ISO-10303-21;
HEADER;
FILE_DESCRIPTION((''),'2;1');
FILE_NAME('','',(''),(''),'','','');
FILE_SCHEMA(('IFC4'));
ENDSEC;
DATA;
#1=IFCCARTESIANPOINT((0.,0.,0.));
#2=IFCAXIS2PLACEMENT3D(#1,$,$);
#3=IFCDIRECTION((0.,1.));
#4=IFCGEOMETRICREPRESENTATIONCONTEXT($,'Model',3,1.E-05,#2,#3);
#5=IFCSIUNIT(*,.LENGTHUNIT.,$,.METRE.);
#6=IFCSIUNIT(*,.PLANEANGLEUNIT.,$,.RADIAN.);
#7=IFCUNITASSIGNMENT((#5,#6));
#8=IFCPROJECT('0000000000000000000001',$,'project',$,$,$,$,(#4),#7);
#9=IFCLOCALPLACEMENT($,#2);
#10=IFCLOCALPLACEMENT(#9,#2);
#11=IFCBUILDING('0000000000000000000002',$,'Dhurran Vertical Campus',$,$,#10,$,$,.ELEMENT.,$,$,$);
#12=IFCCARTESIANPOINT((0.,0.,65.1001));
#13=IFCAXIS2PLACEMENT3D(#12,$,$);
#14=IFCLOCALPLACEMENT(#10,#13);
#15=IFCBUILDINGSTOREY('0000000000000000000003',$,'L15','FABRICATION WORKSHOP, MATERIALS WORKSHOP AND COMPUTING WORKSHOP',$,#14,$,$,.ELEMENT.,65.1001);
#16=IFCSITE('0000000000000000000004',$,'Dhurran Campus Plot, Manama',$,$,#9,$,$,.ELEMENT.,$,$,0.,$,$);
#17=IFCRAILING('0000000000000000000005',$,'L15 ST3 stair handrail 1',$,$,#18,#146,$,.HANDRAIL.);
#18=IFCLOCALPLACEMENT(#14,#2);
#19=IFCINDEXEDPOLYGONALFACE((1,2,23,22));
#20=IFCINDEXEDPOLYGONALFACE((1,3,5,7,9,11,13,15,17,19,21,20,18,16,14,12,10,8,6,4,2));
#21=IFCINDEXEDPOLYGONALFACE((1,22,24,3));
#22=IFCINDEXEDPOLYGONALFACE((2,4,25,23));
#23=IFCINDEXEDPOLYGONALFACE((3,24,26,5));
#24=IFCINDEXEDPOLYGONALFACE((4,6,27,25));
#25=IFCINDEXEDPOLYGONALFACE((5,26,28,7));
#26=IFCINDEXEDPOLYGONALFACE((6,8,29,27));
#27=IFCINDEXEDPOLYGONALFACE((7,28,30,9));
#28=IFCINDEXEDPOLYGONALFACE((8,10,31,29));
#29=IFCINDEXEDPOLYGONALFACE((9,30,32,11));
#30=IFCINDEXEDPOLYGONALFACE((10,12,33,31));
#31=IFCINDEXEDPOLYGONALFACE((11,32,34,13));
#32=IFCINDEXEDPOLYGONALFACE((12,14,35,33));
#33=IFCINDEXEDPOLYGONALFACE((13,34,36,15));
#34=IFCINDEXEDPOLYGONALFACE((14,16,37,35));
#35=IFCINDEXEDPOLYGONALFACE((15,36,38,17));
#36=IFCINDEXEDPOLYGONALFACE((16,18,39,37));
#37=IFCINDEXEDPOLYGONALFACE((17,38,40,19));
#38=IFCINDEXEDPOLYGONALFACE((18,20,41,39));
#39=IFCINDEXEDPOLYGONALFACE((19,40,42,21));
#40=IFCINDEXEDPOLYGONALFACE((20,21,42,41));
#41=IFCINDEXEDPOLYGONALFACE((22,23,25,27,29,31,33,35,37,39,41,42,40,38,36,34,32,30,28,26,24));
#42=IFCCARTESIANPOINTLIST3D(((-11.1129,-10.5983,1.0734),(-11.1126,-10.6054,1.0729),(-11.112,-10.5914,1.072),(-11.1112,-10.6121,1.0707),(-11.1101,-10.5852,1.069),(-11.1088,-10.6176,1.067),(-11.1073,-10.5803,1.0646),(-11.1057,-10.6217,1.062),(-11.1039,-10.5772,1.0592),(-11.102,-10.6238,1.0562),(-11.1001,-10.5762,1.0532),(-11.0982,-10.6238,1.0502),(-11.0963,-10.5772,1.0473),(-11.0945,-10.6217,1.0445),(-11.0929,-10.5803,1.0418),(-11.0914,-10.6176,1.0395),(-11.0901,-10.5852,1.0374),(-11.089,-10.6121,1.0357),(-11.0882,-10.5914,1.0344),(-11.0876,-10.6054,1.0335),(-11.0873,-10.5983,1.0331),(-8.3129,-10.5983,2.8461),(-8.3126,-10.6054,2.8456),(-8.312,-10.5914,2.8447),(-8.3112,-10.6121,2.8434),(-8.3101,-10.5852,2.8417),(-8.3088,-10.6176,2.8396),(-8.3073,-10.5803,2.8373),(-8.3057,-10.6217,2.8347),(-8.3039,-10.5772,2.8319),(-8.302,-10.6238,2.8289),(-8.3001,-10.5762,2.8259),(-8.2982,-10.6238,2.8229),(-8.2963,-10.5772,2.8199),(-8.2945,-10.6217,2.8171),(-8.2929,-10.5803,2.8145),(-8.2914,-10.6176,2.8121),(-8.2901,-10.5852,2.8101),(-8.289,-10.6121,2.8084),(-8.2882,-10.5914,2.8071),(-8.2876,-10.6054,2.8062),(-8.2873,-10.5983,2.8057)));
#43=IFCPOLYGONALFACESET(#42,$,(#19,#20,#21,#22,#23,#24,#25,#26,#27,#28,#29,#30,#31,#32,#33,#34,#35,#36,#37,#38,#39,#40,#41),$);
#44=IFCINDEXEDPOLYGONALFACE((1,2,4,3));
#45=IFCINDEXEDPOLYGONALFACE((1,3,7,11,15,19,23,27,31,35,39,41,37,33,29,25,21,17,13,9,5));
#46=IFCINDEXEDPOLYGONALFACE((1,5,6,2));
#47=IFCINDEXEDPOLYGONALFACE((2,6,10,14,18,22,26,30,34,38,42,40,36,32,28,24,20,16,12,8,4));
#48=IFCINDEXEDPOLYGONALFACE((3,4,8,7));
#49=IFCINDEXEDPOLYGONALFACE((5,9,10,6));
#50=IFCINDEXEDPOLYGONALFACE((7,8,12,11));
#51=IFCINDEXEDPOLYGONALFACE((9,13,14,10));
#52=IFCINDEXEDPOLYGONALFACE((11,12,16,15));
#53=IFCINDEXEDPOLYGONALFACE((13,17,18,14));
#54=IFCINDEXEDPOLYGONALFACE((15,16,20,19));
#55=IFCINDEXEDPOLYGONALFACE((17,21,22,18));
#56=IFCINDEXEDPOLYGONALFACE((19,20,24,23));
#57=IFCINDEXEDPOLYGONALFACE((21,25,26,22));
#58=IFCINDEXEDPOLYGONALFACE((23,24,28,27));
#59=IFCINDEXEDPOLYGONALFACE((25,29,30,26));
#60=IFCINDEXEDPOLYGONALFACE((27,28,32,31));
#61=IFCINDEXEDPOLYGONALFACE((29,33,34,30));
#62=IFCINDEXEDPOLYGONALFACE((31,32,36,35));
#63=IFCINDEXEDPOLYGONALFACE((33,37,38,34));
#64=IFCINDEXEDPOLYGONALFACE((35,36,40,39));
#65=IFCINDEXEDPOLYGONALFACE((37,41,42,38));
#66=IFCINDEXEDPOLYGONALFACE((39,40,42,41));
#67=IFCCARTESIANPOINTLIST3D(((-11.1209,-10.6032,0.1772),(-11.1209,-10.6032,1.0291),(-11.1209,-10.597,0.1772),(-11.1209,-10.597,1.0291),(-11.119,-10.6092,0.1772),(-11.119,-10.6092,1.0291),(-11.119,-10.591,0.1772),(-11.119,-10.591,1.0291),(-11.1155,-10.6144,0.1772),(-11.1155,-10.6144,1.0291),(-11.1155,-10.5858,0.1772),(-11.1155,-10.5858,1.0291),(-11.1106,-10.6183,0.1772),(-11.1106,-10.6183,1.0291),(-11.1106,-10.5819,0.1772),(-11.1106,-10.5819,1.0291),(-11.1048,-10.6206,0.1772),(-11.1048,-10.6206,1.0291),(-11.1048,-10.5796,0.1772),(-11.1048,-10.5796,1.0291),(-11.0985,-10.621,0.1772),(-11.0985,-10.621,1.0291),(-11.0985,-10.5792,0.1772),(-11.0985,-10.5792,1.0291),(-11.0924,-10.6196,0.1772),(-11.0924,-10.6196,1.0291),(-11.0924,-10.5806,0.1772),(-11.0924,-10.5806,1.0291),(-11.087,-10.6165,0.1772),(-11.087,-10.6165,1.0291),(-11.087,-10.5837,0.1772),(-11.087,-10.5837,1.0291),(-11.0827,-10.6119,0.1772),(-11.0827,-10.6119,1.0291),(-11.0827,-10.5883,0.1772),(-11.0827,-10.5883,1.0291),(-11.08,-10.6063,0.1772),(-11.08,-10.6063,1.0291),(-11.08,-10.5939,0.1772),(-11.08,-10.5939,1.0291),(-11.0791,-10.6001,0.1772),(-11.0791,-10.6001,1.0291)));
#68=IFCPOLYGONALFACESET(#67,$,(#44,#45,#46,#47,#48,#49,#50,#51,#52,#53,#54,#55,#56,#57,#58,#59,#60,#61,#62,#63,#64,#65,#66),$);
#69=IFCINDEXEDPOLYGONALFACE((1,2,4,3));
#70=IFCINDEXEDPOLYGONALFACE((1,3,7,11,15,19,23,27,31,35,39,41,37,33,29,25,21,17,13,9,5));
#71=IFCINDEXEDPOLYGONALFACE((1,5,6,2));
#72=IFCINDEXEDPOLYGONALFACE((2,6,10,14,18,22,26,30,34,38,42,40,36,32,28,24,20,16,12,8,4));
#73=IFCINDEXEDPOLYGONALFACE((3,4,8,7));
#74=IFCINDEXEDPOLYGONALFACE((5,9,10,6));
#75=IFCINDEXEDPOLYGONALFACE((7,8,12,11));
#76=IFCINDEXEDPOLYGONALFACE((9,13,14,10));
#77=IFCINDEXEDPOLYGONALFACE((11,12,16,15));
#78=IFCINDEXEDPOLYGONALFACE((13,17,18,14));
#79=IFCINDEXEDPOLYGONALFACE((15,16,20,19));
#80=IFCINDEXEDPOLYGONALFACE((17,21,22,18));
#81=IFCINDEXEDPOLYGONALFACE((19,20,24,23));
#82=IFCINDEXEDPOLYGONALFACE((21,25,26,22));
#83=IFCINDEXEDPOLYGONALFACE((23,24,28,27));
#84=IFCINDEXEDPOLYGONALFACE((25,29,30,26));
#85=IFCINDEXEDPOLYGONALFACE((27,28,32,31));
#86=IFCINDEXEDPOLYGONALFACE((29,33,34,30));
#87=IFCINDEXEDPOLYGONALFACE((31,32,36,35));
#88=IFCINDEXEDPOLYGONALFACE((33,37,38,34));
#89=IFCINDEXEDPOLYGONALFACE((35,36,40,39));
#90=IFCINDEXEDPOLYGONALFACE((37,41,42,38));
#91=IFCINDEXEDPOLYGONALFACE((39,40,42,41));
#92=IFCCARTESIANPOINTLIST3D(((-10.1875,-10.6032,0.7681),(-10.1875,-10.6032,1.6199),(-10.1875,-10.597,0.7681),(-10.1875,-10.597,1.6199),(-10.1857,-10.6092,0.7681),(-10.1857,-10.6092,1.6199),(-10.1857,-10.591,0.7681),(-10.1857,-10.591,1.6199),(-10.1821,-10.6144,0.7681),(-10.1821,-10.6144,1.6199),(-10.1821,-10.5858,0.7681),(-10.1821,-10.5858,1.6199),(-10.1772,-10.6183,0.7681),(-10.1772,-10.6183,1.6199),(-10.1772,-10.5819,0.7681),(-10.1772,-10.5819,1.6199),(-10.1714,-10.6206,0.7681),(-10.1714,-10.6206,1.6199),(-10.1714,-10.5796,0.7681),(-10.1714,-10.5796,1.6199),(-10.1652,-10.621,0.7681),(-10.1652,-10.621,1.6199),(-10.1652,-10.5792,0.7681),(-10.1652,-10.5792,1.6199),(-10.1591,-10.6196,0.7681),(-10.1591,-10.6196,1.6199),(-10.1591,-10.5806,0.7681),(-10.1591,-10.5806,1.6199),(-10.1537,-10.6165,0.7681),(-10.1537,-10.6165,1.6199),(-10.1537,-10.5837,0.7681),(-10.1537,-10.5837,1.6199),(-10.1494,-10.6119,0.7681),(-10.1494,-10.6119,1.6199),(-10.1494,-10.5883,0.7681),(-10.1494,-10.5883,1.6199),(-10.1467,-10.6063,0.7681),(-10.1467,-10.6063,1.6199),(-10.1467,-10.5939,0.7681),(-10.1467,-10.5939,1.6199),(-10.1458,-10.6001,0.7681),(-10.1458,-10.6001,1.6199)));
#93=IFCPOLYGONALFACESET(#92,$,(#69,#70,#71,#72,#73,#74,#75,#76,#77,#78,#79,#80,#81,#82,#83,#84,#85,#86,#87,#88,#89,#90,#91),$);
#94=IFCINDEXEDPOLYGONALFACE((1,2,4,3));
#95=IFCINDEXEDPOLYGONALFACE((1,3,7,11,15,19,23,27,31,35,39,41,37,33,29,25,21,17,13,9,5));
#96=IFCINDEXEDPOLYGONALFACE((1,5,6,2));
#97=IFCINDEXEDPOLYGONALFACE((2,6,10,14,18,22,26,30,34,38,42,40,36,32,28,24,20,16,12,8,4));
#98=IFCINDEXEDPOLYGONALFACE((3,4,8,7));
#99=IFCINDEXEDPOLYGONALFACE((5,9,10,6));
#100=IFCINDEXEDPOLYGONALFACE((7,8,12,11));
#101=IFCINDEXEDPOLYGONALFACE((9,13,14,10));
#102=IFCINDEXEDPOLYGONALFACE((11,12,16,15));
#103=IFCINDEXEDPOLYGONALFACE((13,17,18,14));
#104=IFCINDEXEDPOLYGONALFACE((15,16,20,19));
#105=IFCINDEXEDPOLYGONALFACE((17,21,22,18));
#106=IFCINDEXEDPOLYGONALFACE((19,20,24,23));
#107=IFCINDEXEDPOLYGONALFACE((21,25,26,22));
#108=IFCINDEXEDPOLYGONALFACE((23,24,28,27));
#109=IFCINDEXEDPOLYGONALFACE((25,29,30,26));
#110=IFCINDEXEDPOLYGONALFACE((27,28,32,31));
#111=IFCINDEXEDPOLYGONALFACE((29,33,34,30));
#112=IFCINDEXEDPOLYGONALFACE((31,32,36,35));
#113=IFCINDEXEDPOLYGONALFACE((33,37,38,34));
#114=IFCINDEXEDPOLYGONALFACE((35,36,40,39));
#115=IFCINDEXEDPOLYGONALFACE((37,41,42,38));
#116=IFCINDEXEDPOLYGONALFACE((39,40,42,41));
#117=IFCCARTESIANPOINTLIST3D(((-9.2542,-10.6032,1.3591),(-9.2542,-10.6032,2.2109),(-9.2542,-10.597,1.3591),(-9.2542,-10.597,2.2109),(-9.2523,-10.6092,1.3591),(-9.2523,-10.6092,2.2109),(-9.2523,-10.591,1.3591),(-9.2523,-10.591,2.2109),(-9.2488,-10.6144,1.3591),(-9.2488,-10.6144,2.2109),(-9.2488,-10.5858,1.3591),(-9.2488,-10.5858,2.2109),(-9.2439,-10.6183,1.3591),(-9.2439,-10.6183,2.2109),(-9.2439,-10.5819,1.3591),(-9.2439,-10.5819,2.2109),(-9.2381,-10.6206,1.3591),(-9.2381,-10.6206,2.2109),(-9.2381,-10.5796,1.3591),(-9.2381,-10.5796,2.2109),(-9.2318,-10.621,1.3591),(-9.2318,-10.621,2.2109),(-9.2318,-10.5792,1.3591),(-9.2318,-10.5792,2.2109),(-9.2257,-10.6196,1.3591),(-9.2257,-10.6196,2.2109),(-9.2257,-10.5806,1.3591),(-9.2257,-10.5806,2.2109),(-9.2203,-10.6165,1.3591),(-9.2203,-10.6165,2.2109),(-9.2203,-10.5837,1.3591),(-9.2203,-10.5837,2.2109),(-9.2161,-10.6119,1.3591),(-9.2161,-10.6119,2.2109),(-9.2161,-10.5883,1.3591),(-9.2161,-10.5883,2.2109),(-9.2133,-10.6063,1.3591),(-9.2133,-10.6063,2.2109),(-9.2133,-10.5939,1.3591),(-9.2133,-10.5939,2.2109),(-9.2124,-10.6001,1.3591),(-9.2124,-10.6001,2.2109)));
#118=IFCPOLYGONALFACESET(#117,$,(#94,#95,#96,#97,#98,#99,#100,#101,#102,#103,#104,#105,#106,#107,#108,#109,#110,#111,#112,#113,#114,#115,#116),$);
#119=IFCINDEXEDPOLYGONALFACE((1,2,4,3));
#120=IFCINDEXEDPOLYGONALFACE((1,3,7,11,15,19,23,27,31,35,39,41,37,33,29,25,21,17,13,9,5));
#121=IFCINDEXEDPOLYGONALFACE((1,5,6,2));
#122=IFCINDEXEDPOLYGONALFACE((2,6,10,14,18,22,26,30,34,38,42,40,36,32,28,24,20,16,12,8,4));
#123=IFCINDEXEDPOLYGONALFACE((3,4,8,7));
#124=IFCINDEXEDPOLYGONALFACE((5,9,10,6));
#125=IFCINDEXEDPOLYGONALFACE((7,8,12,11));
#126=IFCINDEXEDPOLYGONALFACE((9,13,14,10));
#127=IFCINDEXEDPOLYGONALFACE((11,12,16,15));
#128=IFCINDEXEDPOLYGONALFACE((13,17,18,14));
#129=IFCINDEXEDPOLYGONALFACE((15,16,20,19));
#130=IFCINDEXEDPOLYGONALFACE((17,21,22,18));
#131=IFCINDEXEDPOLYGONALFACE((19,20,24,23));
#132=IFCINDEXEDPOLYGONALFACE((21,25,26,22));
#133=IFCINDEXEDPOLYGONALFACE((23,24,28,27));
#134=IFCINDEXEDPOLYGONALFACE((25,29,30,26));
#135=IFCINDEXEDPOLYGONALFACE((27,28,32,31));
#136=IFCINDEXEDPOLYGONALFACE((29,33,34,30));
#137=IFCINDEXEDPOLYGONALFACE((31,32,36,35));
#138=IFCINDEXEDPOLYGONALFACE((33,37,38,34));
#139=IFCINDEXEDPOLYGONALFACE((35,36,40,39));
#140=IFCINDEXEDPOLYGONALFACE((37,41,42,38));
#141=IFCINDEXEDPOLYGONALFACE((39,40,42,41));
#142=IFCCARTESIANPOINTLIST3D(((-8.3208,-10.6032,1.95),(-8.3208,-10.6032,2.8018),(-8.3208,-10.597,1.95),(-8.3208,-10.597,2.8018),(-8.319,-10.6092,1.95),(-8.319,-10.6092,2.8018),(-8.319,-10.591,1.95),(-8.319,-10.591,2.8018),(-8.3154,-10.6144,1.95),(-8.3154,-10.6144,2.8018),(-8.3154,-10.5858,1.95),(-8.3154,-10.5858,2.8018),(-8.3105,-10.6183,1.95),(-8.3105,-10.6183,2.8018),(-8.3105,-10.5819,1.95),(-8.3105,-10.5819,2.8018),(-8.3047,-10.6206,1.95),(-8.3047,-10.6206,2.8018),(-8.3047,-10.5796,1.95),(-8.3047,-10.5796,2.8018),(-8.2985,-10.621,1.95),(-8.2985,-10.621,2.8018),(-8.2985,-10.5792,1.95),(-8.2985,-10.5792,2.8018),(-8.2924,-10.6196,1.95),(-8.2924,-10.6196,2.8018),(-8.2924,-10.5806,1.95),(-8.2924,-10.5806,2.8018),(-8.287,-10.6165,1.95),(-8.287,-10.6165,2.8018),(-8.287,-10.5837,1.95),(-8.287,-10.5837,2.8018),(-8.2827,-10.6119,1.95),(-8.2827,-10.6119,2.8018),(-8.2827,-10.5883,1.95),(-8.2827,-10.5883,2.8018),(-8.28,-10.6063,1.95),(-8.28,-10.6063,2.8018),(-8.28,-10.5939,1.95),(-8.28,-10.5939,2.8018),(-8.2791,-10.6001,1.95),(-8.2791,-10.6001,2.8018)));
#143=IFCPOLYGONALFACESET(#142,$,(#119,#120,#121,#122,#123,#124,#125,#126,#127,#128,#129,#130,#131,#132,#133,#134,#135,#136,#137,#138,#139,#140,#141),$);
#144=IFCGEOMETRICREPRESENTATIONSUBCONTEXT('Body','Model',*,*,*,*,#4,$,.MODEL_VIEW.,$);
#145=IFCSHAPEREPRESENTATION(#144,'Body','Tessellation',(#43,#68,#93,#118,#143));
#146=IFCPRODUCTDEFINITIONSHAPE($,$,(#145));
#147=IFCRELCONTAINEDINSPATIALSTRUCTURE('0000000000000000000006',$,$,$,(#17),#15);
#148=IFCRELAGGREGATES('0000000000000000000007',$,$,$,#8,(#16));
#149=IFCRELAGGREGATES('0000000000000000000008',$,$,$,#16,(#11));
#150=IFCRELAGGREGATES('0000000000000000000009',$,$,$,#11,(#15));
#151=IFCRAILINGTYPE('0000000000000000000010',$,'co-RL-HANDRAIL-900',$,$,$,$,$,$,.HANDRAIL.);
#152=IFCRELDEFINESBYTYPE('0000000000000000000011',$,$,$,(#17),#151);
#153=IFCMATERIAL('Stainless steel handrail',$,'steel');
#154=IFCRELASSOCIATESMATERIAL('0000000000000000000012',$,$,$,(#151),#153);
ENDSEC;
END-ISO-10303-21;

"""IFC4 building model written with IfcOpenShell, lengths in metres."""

from ifc_helpers import new_model, si_unit, direction, frame, origin, origin_2d, place, context, subcontext, project, spatial, circle, extrude, material, type_object, element, save


model = new_model("IFC4")

# Units and contexts
model_context = context("Model", 3, precision=1e-05, world=origin(), true_north=direction((0.0, 1.0)))
body_context = subcontext(model_context, "Body", "Model", "MODEL_VIEW")
ifc_project = project(units=[si_unit("LENGTHUNIT", "METRE"), si_unit("PLANEANGLEUNIT", "RADIAN")], contexts=[model_context])

# Site, building, storey
site_placement = place(None, origin())
site = spatial("IfcSite", under=ifc_project, at=site_placement, Name="Dhurran Campus Plot, Manama", CompositionType="ELEMENT", RefElevation=0.0)
building_placement = place(site_placement, origin())
building = spatial("IfcBuilding", under=site, at=building_placement, Name="Dhurran Vertical Campus", CompositionType="ELEMENT")
storey_placement = place(building_placement, frame((0.0, 0.0, 65.1001)))
storey = spatial("IfcBuildingStorey", under=building, at=storey_placement, Name="L15", Description="FABRICATION WORKSHOP, MATERIALS WORKSHOP AND COMPUTING WORKSHOP", CompositionType="ELEMENT", Elevation=65.1001)

# Railing
ifc_material_1 = material(Name="Stainless steel handrail", Category="steel")
railing_type_1 = type_object("IfcRailingType", Name="co-RL-HANDRAIL-900", PredefinedType="HANDRAIL", material=ifc_material_1)
railing_1_placement = place(storey_placement, frame((-11.1001, -10.6001, 0.1772)))
element("IfcRailing", 1, at=railing_1_placement, inside=storey, type_object=railing_type_1, Name="L15 ST3 stair handrail 1", PredefinedType="HANDRAIL", context=body_context, shape_type="SweptSolid", body=[
    extrude(circle(Radius=0.0239, at=origin_2d()), frame((0.0, 0.0, 0.876), z_axis=(0.844909, 0.0, 0.53491), x_axis=(0.0, 1.0, 0.0)), (0.0, 0.0, 1.0), 3.314),
    extrude(circle(Radius=0.021, at=origin_2d()), origin(), (0.0, 0.0, 1.0), 0.8518),
    extrude(circle(Radius=0.021, at=origin_2d()), frame((0.9333, 0.0, 0.5908)), (0.0, 0.0, 1.0), 0.8518),
    extrude(circle(Radius=0.021, at=origin_2d()), frame((1.8667, 0.0, 1.1819)), (0.0, 0.0, 1.0), 0.8518),
    extrude(circle(Radius=0.021, at=origin_2d()), frame((2.8, 0.0, 1.7727)), (0.0, 0.0, 1.0), 0.8518),
])

save(model, "model.ifc")
